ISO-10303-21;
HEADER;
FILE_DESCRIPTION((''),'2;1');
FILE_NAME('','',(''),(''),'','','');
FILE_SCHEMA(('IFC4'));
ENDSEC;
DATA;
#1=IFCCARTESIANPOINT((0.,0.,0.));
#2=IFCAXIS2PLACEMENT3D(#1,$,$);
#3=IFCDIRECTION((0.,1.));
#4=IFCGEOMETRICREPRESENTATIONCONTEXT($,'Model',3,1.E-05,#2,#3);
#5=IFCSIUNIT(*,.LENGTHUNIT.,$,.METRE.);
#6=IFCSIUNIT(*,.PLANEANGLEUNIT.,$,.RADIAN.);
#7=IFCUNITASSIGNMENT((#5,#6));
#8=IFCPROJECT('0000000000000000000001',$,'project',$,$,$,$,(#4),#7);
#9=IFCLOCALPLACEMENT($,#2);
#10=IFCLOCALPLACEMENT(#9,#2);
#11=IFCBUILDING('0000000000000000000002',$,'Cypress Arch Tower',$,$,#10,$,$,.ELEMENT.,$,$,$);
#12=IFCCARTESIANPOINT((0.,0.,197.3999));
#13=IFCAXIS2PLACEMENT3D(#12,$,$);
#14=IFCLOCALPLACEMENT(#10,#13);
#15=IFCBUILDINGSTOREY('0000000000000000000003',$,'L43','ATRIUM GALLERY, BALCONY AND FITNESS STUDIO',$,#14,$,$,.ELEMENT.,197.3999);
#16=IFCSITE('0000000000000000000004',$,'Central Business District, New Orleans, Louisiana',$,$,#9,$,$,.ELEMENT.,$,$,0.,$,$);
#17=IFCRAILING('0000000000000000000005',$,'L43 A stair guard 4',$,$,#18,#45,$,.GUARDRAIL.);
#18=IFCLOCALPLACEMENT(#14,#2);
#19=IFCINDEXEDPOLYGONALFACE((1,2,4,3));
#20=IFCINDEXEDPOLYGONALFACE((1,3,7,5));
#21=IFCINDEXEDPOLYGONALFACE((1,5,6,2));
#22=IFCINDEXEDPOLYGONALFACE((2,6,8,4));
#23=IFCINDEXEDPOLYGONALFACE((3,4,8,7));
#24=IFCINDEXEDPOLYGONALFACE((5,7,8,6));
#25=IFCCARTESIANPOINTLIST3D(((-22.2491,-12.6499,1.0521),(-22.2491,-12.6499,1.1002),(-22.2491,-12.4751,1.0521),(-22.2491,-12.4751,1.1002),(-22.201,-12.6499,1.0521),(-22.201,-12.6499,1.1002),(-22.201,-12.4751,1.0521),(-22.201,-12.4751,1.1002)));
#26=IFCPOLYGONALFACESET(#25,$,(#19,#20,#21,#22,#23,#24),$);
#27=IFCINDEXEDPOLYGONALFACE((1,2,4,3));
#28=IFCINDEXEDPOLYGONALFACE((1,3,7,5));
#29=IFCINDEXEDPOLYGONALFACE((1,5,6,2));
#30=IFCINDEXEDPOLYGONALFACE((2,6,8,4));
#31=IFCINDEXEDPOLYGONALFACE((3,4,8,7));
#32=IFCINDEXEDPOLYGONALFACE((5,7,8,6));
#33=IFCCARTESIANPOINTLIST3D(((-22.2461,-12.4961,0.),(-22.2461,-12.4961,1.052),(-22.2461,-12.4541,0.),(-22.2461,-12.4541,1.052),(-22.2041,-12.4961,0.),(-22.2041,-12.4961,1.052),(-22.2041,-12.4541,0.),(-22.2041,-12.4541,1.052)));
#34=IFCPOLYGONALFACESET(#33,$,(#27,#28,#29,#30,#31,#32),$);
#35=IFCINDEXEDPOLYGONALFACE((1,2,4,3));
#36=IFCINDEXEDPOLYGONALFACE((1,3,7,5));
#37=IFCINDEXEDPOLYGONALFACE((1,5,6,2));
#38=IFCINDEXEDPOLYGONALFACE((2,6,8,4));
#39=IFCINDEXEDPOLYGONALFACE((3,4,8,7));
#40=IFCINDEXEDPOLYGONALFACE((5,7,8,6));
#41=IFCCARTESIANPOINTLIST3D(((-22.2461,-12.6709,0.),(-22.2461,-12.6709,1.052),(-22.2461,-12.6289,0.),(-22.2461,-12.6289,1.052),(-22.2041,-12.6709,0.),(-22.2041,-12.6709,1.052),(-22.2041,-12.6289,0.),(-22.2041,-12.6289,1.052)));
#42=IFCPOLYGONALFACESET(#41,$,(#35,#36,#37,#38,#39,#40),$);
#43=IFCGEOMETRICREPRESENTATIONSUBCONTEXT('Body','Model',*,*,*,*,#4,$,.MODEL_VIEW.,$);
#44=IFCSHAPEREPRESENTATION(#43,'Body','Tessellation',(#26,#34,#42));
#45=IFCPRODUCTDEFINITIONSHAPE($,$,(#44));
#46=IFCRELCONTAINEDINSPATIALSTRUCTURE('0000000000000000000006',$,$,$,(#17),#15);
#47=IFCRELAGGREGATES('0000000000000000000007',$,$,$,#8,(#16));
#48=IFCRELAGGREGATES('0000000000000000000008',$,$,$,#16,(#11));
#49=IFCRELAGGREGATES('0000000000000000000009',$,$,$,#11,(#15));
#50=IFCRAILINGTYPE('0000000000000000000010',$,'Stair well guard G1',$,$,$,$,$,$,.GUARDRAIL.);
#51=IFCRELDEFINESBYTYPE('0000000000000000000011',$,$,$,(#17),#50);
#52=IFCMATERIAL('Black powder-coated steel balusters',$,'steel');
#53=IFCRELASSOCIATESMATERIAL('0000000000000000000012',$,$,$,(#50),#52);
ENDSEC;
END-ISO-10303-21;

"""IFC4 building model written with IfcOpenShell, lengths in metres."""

from ifc_helpers import new_model, si_unit, direction, frame, origin, origin_2d, place, context, subcontext, project, spatial, rectangle, extrude, material, type_object, element, save


model = new_model("IFC4")

# Units and contexts
model_context = context("Model", 3, precision=1e-05, world=origin(), true_north=direction((0.0, 1.0)))
body_context = subcontext(model_context, "Body", "Model", "MODEL_VIEW")
ifc_project = project(units=[si_unit("LENGTHUNIT", "METRE"), si_unit("PLANEANGLEUNIT", "RADIAN")], contexts=[model_context])

# Site, building, storey
site_placement = place(None, origin())
site = spatial("IfcSite", under=ifc_project, at=site_placement, Name="Central Business District, New Orleans, Louisiana", CompositionType="ELEMENT", RefElevation=0.0)
building_placement = place(site_placement, origin())
building = spatial("IfcBuilding", under=site, at=building_placement, Name="Cypress Arch Tower", CompositionType="ELEMENT")
storey_placement = place(building_placement, frame((0.0, 0.0, 197.3999)))
storey = spatial("IfcBuildingStorey", under=building, at=storey_placement, Name="L43", Description="ATRIUM GALLERY, BALCONY AND FITNESS STUDIO", CompositionType="ELEMENT", Elevation=197.3999)

# Railing
ifc_material_1 = material(Name="Black powder-coated steel balusters", Category="steel")
railing_type = type_object("IfcRailingType", Name="Stair well guard G1", PredefinedType="GUARDRAIL", material=ifc_material_1)
railing_placement = place(storey_placement, frame((-22.2251, -12.4751, 0.0)))
element("IfcRailing", 1, at=railing_placement, inside=storey, type_object=railing_type, Name="L43 A stair guard 4", PredefinedType="GUARDRAIL", context=body_context, shape_type="SweptSolid", body=[
    extrude(rectangle(XDim=0.0481, YDim=0.0481, at=origin_2d()), frame((0.0, 0.0, 1.0762), z_axis=(0.0, -1.0, 0.0), x_axis=(1.0, 0.0, 0.0)), (0.0, 0.0, 1.0), 0.1748),
    extrude(rectangle(XDim=0.042, YDim=0.042, at=origin_2d()), origin(), (0.0, 0.0, 1.0), 1.052),
    extrude(rectangle(XDim=0.042, YDim=0.042, at=origin_2d()), frame((0.0, -0.1748, 0.0)), (0.0, 0.0, 1.0), 1.052),
])

save(model, "model.ifc")
